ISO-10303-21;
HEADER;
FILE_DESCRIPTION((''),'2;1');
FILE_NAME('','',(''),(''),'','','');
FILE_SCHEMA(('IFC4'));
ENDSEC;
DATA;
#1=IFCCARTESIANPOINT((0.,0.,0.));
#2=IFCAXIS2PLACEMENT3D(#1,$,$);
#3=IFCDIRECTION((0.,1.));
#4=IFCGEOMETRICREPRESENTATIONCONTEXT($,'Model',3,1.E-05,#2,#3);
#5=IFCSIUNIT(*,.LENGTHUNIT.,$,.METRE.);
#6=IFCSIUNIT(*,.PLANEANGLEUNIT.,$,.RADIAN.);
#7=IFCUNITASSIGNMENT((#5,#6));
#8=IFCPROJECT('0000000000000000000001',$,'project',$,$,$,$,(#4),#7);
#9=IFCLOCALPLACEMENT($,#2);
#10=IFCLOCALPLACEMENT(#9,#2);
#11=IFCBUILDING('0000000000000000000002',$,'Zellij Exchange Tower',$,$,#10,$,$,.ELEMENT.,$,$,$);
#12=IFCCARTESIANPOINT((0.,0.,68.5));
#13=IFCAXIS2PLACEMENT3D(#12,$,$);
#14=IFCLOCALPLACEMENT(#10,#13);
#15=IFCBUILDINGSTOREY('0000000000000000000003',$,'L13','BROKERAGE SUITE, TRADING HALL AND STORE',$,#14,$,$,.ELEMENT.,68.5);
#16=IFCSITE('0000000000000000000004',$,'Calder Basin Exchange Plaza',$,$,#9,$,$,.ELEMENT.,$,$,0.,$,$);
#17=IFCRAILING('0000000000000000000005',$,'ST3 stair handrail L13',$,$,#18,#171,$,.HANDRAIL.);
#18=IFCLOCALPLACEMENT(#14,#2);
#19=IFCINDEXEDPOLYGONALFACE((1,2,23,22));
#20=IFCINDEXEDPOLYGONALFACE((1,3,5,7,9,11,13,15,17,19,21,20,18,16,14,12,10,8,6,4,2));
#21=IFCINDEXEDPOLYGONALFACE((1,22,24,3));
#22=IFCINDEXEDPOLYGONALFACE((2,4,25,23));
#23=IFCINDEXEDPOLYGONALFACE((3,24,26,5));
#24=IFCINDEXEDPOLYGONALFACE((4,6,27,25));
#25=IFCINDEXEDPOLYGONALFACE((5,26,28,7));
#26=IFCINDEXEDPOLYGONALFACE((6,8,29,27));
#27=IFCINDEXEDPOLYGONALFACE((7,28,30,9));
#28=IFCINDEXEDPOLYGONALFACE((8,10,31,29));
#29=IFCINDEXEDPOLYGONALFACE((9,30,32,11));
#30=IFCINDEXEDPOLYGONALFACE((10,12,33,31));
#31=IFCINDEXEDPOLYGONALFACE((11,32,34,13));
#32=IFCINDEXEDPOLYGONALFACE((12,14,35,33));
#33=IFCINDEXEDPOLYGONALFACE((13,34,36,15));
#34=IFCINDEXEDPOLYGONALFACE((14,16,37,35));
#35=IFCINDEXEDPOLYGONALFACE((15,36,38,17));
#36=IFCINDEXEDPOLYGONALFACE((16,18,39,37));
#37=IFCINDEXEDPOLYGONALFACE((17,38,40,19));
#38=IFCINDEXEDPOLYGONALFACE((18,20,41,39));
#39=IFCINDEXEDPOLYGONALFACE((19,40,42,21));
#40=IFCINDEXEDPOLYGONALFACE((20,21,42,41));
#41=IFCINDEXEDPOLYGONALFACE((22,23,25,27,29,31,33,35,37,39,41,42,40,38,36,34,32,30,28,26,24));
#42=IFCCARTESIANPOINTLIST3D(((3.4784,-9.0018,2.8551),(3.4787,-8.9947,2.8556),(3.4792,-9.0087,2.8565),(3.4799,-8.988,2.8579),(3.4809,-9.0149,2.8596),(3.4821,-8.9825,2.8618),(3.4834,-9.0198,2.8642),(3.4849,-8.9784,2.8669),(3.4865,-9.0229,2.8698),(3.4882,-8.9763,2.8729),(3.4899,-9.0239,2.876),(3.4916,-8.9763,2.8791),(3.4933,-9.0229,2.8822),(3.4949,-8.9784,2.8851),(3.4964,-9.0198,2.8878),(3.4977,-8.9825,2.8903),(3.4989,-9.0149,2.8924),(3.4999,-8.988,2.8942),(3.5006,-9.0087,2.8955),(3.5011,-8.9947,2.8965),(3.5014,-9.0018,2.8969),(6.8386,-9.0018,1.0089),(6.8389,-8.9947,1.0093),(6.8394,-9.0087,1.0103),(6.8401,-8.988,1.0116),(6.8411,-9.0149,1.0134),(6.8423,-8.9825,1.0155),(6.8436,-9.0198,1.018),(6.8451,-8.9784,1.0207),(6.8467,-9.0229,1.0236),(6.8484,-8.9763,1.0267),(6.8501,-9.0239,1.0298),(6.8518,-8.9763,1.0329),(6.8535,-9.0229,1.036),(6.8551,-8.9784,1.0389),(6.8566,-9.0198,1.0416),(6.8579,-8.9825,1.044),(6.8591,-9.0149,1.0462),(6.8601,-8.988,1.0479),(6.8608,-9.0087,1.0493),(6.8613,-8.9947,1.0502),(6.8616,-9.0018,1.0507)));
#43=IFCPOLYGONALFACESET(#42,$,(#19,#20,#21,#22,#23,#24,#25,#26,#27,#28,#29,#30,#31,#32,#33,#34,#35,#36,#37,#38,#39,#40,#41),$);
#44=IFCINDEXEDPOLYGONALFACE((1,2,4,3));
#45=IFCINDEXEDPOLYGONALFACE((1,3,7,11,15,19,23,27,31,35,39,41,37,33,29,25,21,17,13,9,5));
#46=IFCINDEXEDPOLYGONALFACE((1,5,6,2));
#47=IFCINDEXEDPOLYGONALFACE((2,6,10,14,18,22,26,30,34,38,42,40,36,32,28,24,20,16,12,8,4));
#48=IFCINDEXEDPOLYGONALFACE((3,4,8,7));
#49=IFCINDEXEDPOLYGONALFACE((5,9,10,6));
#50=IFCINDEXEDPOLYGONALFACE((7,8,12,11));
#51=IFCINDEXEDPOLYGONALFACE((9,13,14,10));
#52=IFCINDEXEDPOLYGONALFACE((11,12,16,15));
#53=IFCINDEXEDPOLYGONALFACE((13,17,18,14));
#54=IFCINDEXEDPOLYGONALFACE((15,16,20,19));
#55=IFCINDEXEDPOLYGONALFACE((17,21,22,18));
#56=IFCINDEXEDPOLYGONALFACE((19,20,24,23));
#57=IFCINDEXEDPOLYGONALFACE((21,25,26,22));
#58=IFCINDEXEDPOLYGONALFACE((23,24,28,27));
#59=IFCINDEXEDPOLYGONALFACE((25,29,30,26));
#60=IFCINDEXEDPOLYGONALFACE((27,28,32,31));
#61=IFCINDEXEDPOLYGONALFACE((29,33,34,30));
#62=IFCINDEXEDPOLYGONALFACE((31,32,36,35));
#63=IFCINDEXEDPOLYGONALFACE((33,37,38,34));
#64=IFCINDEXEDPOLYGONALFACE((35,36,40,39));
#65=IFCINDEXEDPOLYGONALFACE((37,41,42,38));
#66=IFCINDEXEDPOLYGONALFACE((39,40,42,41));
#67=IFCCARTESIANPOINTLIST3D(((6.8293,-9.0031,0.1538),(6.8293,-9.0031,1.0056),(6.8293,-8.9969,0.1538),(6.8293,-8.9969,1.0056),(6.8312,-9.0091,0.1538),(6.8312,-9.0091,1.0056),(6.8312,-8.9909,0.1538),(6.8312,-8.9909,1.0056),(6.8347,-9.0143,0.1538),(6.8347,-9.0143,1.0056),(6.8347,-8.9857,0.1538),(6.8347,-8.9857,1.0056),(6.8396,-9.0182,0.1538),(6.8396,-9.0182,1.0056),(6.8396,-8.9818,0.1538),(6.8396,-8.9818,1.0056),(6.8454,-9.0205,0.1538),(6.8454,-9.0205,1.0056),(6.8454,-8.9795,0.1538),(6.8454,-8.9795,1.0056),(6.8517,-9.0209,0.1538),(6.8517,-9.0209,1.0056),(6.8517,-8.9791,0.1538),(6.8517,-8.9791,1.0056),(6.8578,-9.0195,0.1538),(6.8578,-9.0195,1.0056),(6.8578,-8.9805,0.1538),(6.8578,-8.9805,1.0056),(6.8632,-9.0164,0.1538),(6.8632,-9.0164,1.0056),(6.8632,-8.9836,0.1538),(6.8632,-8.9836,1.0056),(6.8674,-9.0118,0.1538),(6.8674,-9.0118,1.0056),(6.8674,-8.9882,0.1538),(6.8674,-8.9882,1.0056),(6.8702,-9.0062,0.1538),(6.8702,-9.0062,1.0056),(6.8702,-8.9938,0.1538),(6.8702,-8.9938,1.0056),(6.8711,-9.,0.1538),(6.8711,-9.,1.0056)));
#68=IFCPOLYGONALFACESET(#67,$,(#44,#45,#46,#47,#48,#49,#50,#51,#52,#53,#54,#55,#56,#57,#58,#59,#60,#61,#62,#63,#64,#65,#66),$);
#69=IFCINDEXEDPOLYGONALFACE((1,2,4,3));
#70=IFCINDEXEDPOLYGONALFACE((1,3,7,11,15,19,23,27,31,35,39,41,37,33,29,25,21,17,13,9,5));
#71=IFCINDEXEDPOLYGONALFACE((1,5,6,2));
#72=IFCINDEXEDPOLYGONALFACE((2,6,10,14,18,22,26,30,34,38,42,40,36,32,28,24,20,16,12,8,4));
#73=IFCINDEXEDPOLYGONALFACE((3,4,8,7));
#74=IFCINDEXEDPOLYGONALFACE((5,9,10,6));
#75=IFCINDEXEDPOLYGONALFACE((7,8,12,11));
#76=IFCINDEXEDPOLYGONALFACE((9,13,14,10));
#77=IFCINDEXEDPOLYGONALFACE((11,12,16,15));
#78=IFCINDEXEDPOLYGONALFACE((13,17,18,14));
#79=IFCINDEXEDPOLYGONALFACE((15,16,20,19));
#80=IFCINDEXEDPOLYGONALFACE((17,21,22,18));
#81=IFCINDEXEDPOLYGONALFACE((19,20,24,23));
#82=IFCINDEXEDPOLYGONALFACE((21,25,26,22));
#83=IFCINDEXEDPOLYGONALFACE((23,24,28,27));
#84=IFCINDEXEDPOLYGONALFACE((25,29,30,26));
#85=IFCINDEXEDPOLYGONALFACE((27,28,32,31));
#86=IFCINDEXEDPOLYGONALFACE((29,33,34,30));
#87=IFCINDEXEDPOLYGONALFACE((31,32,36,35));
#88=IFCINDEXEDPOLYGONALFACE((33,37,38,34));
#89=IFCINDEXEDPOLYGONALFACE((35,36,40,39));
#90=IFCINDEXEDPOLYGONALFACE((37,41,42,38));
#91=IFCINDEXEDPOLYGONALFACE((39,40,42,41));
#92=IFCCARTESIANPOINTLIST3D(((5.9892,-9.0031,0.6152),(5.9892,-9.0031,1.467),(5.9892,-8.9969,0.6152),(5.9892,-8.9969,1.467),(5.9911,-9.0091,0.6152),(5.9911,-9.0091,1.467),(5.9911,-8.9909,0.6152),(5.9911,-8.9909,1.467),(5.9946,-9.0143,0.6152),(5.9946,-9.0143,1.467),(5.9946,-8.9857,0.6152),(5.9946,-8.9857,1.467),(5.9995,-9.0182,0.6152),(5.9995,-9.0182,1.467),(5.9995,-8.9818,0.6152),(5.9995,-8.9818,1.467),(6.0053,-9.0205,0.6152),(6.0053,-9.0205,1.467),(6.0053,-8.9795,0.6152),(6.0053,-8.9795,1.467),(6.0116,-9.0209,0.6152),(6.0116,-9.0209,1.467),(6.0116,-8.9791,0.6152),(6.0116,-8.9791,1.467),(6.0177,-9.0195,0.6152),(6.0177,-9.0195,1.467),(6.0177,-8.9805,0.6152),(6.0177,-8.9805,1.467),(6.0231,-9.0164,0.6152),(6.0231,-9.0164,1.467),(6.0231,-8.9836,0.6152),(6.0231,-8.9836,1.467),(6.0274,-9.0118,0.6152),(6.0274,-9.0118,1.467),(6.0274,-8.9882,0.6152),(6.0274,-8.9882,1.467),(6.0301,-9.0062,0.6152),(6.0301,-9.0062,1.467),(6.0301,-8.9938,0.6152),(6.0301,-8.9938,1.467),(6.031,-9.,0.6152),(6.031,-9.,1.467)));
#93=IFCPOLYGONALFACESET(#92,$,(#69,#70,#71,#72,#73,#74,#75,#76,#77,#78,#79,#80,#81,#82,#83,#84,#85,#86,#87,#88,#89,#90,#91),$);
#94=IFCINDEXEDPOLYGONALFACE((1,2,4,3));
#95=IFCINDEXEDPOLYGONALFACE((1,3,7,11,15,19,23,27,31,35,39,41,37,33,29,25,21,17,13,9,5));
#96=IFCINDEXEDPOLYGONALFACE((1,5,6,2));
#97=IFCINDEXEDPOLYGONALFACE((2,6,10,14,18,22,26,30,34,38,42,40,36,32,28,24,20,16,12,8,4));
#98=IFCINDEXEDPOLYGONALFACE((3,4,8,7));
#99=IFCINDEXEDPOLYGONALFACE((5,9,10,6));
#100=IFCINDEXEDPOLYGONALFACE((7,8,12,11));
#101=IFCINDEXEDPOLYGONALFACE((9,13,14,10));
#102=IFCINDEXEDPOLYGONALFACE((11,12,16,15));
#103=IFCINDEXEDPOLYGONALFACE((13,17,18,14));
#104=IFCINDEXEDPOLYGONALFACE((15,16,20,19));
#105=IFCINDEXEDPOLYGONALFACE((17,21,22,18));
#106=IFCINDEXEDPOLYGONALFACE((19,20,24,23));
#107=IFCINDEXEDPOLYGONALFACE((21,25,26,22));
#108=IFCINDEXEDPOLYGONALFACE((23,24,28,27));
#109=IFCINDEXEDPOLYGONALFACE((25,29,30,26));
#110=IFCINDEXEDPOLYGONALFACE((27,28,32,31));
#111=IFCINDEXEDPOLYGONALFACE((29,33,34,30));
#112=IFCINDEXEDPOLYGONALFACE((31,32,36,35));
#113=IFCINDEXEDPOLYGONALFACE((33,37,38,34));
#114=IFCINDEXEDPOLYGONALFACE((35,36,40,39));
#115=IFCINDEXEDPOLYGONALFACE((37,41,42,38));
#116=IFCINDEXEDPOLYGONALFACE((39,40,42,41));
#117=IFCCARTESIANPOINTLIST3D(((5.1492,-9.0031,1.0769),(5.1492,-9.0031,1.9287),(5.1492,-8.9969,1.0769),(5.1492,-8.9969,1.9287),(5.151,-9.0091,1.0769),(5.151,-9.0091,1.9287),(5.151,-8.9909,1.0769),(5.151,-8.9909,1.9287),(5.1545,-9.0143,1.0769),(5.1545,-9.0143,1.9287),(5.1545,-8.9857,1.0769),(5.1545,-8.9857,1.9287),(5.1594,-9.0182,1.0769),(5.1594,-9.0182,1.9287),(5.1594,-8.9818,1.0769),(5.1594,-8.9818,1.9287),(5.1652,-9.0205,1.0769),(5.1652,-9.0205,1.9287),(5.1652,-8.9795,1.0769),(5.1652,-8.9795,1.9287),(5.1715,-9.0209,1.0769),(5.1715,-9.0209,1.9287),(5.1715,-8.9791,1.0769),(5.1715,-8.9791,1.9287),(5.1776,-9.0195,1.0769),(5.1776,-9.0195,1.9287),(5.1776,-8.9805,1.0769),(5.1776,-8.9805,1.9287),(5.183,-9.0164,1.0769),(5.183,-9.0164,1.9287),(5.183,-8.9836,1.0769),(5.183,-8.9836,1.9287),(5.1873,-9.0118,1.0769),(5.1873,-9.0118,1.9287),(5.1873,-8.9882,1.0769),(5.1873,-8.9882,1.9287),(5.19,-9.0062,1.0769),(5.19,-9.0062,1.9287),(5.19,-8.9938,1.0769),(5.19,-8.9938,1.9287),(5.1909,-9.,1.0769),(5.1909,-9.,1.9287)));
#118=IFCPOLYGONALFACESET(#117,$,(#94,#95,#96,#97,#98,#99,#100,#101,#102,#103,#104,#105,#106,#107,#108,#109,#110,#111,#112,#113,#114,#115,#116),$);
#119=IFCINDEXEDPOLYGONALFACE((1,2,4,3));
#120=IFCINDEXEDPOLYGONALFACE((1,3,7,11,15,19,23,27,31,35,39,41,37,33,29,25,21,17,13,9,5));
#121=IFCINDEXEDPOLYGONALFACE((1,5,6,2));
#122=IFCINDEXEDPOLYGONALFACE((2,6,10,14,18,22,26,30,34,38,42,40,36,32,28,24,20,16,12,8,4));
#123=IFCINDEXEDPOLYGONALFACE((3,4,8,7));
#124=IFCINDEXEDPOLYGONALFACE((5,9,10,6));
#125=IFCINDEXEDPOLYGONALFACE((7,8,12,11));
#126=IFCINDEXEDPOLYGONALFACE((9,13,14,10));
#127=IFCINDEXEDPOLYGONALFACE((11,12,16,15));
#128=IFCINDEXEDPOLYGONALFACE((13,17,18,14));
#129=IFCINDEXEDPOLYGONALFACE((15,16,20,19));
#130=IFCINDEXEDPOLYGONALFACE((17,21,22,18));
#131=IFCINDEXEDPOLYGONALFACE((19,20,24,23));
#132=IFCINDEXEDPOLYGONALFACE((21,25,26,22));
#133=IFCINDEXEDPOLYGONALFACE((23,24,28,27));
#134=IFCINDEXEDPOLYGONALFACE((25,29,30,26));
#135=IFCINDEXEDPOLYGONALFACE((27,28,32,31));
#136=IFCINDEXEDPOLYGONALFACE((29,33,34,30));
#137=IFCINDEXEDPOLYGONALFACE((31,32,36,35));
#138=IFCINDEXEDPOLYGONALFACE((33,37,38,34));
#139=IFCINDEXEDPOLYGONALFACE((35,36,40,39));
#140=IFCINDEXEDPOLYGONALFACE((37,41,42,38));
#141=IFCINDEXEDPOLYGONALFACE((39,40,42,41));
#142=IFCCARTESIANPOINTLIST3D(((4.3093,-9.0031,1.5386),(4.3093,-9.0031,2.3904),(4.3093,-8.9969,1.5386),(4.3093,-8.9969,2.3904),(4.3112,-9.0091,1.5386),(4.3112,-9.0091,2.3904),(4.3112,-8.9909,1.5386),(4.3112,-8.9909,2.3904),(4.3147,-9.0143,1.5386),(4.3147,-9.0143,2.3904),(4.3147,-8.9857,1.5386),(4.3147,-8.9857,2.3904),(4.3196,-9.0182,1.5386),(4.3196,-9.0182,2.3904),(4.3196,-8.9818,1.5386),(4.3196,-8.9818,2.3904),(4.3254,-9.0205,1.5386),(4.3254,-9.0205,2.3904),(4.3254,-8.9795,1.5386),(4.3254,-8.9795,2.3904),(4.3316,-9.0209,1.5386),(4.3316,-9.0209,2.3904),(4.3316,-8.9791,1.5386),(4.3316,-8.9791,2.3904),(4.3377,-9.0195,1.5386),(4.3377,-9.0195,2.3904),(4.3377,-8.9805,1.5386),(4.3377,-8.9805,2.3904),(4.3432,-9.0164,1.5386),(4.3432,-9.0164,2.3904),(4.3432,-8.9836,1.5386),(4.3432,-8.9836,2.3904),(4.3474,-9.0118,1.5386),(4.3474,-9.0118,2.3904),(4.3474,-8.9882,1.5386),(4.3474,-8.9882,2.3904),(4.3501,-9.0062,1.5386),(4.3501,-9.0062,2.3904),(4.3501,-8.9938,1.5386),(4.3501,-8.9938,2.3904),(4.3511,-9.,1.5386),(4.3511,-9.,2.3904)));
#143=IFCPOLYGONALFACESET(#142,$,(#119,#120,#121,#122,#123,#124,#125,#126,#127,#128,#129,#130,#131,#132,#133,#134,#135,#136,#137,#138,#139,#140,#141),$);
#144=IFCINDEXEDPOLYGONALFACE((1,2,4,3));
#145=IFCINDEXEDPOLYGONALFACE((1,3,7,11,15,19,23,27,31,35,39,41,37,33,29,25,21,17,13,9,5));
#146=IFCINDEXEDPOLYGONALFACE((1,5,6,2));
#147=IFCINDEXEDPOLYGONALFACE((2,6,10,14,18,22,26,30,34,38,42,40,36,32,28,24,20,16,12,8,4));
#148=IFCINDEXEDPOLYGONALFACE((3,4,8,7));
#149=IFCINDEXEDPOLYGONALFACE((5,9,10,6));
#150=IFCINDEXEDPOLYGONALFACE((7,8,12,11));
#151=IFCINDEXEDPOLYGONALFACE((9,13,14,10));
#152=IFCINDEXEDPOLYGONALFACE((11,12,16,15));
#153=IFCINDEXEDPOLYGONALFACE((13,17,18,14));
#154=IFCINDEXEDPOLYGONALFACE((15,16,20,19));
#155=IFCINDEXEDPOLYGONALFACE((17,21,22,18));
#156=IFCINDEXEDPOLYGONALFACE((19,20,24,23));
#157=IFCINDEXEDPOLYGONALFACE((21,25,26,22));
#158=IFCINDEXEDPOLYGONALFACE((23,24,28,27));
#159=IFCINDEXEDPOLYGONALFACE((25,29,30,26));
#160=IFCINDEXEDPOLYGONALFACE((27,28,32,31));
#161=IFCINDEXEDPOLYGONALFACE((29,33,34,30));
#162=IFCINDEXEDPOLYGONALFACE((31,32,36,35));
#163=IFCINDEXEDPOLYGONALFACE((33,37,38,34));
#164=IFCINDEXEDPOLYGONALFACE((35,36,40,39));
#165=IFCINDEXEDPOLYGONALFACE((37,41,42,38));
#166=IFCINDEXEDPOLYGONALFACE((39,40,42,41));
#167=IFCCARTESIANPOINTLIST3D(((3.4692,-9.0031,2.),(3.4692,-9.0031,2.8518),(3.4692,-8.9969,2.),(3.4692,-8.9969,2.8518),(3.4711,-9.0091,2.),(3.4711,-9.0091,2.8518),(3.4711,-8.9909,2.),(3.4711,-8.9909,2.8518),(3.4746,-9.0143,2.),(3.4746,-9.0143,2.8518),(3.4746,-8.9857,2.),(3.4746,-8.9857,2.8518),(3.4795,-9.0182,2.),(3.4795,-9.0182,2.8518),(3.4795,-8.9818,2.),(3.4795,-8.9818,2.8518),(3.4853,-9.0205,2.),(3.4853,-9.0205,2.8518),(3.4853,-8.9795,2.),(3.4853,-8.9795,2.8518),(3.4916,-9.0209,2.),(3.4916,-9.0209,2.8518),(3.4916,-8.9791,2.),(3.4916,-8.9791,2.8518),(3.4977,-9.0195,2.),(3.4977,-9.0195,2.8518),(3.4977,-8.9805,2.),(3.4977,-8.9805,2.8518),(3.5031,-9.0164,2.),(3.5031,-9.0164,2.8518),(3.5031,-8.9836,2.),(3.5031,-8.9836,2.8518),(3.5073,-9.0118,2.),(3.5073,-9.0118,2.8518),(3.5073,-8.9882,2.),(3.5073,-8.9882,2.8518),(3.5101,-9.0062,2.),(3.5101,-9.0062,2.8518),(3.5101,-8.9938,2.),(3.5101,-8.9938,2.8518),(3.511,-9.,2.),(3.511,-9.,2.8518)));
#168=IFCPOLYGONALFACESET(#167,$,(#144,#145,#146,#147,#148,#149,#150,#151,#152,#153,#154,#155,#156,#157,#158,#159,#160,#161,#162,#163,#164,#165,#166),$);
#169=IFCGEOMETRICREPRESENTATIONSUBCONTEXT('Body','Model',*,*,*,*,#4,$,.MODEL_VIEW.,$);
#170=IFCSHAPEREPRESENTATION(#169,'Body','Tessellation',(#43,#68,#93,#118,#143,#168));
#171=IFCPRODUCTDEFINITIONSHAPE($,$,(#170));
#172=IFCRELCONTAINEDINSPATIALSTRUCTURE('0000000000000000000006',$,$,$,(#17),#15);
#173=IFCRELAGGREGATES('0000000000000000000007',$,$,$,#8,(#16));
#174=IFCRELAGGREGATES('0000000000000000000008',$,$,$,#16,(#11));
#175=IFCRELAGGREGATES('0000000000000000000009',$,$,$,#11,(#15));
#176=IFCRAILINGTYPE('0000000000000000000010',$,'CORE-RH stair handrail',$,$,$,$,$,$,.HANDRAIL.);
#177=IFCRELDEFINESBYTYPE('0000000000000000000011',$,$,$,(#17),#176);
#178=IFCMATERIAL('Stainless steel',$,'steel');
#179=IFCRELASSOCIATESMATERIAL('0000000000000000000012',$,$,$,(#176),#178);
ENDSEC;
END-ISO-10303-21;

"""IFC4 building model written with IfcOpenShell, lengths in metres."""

from ifc_helpers import new_model, si_unit, direction, frame, origin, origin_2d, place, context, subcontext, project, spatial, circle, extrude, material, type_object, element, save


model = new_model("IFC4")

# Units and contexts
model_context = context("Model", 3, precision=1e-05, world=origin(), true_north=direction((0.0, 1.0)))
body_context = subcontext(model_context, "Body", "Model", "MODEL_VIEW")
ifc_project = project(units=[si_unit("LENGTHUNIT", "METRE"), si_unit("PLANEANGLEUNIT", "RADIAN")], contexts=[model_context])

# Site, building, storey
site_placement = place(None, origin())
site = spatial("IfcSite", under=ifc_project, at=site_placement, Name="Calder Basin Exchange Plaza", CompositionType="ELEMENT", RefElevation=0.0)
building_placement = place(site_placement, origin())
building = spatial("IfcBuilding", under=site, at=building_placement, Name="Zellij Exchange Tower", CompositionType="ELEMENT")
storey_placement = place(building_placement, frame((0.0, 0.0, 68.5)))
storey = spatial("IfcBuildingStorey", under=building, at=storey_placement, Name="L13", Description="BROKERAGE SUITE, TRADING HALL AND STORE", CompositionType="ELEMENT", Elevation=68.5)

# Railing
ifc_material_1 = material(Name="Stainless steel", Category="steel")
railing_type_1 = type_object("IfcRailingType", Name="CORE-RH stair handrail", PredefinedType="HANDRAIL", material=ifc_material_1)
railing_1_placement = place(storey_placement, frame((6.8501, -9.0, 0.1538)))
element("IfcRailing", 1, at=railing_1_placement, inside=storey, type_object=railing_type_1, Name="ST3 stair handrail L13", PredefinedType="HANDRAIL", context=body_context, shape_type="SweptSolid", body=[
    extrude(circle(Radius=0.0239, at=origin_2d()), frame((0.0, 0.0, 0.876), z_axis=(-0.876422, 0.0, 0.481545), x_axis=(0.0, -1.0, 0.0)), (0.0, 0.0, 1.0), 3.834),
    extrude(circle(Radius=0.021, at=origin_2d()), origin(), (0.0, 0.0, 1.0), 0.8518),
    extrude(circle(Radius=0.021, at=origin_2d()), frame((-0.8401, 0.0, 0.4614)), (0.0, 0.0, 1.0), 0.8518),
    extrude(circle(Radius=0.021, at=origin_2d()), frame((-1.6802, 0.0, 0.9231)), (0.0, 0.0, 1.0), 0.8518),
    extrude(circle(Radius=0.021, at=origin_2d()), frame((-2.52, 0.0, 1.3848)), (0.0, 0.0, 1.0), 0.8518),
    extrude(circle(Radius=0.021, at=origin_2d()), frame((-3.3601, 0.0, 1.8462)), (0.0, 0.0, 1.0), 0.8518),
])

save(model, "model.ifc")
